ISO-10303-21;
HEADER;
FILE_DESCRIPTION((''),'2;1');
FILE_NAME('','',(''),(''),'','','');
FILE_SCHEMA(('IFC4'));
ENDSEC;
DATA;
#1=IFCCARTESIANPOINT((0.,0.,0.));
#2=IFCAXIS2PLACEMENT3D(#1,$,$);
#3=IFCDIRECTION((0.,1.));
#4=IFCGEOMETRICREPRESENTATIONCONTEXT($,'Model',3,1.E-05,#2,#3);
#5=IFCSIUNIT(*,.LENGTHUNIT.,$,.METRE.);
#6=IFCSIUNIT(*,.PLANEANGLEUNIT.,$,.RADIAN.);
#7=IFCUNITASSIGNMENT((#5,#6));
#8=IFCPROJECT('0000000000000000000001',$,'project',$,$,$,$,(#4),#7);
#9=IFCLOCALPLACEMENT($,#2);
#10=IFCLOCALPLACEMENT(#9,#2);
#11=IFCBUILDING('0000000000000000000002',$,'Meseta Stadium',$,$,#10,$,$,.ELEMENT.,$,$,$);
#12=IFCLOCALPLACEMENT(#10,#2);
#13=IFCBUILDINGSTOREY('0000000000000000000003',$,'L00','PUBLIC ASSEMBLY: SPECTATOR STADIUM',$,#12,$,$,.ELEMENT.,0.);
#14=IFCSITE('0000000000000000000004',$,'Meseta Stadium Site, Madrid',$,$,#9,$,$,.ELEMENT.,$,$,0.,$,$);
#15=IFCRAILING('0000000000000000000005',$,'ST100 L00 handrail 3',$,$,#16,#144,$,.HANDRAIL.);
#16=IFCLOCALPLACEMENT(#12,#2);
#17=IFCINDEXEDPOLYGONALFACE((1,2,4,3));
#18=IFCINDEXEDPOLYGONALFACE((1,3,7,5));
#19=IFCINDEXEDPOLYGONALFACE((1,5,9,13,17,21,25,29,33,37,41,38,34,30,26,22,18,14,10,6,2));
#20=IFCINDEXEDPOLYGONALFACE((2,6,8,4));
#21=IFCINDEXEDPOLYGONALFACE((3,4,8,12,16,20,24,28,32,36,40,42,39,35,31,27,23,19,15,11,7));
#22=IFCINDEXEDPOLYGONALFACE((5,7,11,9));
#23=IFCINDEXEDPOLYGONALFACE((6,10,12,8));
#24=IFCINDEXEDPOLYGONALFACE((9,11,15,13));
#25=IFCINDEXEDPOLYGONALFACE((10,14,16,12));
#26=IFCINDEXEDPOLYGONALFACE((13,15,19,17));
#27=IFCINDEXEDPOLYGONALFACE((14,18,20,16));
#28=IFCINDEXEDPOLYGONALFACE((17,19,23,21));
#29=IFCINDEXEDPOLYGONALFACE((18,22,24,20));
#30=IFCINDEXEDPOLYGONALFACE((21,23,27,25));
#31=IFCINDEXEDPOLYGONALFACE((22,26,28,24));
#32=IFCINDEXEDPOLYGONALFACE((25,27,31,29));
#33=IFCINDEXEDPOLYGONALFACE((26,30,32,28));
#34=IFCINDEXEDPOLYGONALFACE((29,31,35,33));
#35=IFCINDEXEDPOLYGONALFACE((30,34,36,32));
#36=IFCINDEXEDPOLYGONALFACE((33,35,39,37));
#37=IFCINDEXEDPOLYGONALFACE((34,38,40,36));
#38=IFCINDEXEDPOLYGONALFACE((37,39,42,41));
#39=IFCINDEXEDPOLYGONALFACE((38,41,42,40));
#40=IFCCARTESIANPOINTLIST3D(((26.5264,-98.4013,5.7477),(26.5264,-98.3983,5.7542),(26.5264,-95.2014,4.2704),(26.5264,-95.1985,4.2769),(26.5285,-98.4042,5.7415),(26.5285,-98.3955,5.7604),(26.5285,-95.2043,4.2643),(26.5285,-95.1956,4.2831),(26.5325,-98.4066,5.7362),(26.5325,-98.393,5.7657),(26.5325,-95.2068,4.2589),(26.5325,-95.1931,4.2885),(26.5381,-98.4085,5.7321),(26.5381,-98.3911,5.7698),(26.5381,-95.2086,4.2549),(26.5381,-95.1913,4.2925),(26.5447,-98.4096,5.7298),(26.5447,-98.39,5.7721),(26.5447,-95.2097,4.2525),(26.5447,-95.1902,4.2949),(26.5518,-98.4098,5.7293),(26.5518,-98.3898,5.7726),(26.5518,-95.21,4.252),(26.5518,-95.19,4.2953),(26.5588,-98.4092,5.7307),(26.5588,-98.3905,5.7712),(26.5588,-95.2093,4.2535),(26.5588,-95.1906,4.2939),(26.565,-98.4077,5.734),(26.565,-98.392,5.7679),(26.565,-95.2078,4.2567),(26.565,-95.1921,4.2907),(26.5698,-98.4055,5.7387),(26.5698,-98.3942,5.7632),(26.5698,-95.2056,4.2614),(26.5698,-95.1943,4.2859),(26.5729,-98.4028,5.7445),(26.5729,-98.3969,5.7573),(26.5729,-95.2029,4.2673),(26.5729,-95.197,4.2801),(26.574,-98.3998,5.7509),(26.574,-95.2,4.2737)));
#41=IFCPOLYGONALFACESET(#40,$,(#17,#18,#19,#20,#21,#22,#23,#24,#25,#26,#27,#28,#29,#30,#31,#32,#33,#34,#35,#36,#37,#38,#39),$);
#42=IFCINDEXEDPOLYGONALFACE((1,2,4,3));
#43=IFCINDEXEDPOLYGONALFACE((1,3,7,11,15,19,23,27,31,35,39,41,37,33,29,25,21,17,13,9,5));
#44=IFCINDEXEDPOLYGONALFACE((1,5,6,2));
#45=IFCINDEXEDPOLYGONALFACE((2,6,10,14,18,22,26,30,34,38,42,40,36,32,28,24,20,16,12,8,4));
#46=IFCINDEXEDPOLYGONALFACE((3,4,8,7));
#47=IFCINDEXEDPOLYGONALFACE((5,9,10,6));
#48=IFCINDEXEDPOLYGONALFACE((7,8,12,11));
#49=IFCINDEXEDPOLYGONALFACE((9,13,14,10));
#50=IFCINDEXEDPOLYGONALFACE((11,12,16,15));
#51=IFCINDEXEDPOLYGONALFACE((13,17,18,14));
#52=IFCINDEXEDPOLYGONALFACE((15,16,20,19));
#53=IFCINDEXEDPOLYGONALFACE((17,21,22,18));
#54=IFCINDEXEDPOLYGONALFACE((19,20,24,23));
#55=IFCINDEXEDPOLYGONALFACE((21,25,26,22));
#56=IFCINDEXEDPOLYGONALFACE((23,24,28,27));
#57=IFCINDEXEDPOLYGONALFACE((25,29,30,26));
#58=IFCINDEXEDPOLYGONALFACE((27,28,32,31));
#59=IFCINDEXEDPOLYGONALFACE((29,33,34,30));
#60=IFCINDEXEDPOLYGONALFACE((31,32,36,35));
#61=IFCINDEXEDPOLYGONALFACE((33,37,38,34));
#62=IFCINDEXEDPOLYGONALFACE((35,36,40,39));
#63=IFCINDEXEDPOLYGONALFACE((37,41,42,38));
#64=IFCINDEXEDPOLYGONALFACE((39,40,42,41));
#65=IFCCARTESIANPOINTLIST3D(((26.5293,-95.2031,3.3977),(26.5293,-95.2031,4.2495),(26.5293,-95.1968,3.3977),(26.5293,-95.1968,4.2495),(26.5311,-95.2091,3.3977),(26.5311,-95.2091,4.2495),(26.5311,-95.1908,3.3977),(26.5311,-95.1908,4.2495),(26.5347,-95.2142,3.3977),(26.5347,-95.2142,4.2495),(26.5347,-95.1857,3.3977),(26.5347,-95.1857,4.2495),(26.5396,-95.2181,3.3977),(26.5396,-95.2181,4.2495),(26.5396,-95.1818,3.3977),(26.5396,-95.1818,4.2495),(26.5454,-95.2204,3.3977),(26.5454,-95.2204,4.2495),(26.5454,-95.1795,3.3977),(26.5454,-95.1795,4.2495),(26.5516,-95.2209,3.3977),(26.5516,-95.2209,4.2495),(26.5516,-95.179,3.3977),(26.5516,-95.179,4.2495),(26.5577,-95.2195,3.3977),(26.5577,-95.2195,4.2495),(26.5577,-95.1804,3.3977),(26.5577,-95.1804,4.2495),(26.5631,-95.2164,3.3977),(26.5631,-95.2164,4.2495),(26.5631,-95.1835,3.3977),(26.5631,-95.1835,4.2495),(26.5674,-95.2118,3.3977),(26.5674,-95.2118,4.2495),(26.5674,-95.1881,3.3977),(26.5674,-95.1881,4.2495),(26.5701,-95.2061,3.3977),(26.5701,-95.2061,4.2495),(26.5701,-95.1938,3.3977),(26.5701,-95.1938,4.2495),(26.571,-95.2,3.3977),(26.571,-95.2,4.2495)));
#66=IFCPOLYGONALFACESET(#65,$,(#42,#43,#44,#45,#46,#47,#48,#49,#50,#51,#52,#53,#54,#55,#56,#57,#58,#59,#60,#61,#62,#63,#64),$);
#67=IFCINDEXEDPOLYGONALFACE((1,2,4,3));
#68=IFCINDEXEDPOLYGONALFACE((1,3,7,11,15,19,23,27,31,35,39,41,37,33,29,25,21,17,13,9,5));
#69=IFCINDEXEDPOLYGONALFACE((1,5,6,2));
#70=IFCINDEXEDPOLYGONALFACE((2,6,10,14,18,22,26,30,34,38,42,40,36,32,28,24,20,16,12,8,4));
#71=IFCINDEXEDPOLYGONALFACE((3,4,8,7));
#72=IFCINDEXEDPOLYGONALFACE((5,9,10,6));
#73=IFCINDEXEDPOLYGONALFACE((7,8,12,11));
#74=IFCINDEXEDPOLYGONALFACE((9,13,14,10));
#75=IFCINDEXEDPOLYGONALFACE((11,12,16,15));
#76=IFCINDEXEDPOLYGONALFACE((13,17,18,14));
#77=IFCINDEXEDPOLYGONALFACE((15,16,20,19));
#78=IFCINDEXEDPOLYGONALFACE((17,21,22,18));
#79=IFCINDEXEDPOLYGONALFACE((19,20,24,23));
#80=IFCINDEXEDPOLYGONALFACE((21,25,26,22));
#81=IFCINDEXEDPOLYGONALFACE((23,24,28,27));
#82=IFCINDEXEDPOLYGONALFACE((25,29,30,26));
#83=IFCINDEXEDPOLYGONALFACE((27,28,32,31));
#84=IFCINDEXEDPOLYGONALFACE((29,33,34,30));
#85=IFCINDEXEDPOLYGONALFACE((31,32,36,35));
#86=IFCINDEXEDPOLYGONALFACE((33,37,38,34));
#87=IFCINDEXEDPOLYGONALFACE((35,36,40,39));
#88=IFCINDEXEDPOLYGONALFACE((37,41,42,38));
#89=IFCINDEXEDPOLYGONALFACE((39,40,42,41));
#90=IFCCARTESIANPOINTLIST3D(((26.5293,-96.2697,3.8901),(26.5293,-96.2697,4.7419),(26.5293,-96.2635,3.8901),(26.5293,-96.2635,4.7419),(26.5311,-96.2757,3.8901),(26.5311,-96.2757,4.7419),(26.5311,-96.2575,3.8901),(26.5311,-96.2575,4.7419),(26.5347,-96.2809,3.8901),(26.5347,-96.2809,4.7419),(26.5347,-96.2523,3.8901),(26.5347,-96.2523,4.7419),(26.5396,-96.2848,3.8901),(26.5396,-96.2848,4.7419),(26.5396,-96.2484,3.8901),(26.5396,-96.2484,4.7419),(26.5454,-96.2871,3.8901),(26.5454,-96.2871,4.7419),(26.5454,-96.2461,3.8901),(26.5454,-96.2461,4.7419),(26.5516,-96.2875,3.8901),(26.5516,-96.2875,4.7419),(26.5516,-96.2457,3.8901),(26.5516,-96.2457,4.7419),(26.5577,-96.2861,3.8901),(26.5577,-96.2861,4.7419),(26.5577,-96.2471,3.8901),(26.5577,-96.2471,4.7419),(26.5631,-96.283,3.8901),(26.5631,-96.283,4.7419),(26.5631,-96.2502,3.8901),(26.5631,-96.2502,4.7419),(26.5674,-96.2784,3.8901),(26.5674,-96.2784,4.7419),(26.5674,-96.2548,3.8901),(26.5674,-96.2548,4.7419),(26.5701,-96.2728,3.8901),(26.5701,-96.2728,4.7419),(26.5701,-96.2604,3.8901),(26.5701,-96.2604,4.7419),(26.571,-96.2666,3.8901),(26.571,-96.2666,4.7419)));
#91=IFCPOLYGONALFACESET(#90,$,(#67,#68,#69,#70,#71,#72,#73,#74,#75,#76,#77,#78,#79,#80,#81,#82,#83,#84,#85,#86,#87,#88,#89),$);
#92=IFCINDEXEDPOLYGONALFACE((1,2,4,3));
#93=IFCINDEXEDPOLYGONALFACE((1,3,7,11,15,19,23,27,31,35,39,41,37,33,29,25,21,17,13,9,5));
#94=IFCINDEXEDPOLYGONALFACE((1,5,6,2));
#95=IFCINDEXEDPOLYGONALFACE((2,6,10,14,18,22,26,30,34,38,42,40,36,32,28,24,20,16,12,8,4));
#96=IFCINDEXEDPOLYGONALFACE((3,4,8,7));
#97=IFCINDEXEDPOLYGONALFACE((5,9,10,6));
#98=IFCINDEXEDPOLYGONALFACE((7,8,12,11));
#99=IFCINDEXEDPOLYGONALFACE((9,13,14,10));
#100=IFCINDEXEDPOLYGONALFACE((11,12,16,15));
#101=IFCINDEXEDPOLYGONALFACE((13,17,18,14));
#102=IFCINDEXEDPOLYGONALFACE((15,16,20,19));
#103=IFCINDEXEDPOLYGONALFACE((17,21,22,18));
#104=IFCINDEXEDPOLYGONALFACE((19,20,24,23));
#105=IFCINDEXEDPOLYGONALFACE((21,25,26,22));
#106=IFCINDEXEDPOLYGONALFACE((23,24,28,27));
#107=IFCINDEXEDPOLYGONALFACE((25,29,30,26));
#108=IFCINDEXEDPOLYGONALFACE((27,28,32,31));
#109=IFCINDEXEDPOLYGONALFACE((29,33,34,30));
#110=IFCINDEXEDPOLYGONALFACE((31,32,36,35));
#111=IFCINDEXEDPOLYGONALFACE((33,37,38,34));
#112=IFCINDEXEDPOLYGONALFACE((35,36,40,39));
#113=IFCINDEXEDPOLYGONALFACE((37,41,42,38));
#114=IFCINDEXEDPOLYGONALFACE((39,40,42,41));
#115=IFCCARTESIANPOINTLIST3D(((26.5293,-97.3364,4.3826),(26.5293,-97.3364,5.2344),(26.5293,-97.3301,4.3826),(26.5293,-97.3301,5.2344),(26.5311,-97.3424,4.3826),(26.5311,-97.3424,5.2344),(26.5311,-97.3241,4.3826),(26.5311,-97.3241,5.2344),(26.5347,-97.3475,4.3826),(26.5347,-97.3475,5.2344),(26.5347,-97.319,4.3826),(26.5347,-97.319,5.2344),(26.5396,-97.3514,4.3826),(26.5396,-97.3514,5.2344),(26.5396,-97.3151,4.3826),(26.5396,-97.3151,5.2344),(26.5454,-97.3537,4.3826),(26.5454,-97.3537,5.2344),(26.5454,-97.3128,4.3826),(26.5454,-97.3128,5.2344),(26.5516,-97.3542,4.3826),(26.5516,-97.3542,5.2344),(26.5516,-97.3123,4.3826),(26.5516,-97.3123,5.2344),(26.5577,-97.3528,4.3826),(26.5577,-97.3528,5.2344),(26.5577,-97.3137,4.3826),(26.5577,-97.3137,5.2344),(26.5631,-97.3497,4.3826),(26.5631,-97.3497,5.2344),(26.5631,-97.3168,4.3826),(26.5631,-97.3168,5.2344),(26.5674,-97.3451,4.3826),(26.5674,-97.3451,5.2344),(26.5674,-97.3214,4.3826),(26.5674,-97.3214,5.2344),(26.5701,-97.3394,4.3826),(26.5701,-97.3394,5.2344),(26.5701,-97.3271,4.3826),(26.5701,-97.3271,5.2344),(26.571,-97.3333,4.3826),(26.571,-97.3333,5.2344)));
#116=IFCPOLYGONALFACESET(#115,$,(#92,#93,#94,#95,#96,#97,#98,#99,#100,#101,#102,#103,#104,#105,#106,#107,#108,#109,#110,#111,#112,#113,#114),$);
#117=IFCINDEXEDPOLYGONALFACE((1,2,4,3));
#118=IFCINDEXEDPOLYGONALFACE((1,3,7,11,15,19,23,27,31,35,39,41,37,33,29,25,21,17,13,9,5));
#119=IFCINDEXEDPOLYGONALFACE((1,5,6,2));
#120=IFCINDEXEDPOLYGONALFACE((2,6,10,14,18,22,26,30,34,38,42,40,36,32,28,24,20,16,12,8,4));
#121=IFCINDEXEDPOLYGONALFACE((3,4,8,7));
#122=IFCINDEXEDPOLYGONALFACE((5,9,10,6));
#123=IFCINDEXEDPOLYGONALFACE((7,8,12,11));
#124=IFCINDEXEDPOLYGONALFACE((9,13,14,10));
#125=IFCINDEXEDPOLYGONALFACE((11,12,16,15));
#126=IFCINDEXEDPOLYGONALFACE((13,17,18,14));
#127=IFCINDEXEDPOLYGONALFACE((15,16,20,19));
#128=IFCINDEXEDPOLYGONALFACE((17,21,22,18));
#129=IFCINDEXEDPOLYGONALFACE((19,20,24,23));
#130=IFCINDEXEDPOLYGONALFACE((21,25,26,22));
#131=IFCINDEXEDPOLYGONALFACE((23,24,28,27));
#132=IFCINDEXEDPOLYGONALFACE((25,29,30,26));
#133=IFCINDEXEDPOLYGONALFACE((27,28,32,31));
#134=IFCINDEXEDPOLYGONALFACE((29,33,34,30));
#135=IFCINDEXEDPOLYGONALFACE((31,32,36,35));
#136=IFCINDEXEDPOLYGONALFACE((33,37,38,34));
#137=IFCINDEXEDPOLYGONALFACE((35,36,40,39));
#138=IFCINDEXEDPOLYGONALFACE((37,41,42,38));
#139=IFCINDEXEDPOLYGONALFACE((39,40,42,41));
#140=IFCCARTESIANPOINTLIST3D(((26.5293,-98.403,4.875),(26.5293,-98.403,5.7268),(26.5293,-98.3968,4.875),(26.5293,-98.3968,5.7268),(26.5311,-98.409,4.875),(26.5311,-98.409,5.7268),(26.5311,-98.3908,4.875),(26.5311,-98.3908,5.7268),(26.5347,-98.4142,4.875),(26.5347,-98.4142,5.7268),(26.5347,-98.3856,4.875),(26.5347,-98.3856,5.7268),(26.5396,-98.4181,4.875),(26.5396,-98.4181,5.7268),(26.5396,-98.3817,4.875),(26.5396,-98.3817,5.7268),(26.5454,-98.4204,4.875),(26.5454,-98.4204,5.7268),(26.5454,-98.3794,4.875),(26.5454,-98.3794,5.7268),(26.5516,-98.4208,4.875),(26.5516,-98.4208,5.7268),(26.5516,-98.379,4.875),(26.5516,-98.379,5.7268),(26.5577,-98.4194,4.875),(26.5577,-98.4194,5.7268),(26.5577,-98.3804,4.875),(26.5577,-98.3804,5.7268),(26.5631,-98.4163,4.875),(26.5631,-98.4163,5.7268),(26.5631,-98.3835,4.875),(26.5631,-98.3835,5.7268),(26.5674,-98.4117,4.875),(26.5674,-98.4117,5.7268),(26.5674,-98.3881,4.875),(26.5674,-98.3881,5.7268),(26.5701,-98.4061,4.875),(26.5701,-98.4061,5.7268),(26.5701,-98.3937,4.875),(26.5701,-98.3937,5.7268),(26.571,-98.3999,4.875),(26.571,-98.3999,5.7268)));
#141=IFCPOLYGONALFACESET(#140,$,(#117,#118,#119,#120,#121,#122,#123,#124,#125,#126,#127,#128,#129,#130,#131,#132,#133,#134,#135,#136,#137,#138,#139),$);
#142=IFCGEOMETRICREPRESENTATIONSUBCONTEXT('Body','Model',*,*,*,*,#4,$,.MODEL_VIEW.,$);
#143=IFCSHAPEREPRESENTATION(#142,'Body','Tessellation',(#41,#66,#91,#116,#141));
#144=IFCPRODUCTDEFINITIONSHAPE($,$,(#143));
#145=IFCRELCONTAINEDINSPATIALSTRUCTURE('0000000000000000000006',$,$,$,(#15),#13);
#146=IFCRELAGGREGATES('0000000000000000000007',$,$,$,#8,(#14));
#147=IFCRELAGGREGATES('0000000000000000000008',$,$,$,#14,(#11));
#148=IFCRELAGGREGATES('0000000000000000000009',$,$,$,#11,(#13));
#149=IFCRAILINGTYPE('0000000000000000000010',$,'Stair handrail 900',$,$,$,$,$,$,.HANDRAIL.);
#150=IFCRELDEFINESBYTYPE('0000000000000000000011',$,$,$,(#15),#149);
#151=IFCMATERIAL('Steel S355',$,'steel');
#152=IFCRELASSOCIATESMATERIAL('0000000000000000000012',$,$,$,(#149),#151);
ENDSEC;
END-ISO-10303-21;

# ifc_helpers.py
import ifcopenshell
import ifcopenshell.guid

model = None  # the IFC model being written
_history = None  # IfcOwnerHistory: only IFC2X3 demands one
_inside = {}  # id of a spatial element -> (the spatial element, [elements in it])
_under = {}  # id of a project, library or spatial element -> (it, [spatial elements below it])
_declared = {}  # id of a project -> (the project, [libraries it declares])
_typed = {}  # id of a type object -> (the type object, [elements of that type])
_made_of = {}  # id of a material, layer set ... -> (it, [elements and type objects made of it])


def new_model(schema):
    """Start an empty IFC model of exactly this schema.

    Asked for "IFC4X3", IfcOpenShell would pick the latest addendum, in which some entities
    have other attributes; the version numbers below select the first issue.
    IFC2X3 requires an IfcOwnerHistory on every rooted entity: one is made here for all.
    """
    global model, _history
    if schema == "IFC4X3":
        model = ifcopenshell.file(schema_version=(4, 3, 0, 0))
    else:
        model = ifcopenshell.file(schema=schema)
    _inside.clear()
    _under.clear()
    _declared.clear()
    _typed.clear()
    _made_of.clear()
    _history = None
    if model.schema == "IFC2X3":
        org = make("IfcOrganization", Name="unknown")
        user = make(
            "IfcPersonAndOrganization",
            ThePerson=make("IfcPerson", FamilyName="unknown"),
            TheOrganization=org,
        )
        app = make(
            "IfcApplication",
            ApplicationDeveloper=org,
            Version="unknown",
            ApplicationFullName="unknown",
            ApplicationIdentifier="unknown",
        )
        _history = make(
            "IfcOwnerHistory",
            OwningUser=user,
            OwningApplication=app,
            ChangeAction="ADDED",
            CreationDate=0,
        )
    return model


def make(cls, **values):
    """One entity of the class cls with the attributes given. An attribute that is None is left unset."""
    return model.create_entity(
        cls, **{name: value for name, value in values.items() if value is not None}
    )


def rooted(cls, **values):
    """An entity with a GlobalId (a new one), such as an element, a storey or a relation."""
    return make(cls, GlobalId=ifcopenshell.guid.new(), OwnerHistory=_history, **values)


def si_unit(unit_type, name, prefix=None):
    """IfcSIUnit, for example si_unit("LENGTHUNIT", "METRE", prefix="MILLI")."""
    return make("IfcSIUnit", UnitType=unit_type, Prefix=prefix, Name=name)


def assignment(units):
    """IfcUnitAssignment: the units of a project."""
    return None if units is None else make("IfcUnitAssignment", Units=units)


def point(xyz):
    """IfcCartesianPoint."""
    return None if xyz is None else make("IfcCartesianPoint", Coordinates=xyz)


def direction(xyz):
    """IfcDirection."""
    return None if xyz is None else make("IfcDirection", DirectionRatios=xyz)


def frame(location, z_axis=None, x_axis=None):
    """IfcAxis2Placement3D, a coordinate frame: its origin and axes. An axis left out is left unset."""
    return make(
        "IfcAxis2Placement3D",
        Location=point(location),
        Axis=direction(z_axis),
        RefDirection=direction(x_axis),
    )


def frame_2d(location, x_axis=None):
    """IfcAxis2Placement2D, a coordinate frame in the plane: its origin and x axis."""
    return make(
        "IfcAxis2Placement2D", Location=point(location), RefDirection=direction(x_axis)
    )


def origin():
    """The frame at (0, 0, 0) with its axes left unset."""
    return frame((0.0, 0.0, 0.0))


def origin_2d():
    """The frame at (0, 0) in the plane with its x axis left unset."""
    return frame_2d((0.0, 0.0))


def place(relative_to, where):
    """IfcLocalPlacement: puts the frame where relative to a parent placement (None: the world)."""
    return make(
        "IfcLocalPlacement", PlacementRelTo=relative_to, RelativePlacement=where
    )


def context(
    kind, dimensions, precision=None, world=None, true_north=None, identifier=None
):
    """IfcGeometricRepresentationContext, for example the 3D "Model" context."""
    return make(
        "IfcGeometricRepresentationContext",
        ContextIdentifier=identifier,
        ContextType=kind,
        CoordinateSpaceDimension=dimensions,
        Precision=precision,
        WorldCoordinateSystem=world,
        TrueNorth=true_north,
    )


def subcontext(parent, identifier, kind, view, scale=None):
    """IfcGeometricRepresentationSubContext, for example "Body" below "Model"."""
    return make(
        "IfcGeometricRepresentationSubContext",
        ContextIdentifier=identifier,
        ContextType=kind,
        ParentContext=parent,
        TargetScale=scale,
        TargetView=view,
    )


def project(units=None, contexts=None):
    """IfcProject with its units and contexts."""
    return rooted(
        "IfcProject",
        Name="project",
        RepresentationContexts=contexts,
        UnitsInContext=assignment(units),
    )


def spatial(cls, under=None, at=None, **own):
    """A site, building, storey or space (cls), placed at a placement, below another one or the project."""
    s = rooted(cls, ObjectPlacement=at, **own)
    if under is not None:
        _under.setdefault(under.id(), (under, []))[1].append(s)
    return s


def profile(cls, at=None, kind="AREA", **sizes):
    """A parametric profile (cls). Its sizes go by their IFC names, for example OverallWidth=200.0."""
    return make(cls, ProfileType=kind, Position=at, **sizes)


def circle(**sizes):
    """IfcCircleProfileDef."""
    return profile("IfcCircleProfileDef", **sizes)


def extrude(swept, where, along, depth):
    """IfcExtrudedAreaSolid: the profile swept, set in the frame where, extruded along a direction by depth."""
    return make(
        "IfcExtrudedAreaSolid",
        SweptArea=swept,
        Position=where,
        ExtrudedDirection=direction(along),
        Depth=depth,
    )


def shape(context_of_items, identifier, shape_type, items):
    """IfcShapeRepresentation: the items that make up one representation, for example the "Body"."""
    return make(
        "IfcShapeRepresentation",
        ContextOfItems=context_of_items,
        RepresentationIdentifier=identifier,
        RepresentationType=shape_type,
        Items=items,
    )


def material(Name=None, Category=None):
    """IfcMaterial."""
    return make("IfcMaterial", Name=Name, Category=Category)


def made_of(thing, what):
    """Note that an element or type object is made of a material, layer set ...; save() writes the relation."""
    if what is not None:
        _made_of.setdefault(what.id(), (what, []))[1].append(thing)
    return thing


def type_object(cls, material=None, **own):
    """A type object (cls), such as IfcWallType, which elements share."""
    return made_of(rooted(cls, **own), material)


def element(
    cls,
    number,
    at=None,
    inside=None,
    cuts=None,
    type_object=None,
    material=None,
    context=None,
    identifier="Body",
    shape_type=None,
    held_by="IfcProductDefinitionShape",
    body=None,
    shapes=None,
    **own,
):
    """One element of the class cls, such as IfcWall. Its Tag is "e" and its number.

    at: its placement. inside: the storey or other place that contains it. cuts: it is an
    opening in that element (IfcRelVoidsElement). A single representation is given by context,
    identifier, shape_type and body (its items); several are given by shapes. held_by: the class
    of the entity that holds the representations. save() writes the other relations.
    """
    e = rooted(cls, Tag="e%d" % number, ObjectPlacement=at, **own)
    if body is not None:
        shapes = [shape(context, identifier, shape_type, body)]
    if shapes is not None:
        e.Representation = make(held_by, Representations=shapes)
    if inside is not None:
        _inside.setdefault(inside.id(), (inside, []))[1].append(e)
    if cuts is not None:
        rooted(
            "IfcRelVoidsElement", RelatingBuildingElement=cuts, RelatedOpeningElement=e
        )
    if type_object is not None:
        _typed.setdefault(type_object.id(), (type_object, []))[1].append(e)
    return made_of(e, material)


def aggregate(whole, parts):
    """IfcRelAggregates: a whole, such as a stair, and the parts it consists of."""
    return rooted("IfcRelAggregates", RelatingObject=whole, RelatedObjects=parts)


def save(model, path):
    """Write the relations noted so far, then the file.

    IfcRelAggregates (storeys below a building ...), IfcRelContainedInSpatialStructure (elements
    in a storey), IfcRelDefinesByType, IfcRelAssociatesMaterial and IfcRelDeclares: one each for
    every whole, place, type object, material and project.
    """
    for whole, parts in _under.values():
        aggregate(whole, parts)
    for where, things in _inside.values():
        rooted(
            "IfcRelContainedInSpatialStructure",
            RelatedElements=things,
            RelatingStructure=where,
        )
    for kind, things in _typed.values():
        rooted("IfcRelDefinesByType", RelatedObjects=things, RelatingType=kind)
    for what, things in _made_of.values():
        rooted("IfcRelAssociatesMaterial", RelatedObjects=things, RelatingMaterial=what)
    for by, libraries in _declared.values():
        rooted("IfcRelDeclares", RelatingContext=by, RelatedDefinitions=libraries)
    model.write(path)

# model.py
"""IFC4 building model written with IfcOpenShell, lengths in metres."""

from ifc_helpers import new_model, si_unit, direction, frame, origin, origin_2d, place, context, subcontext, project, spatial, circle, extrude, material, type_object, element, save


model = new_model("IFC4")

# Units and contexts
model_context = context("Model", 3, precision=1e-05, world=origin(), true_north=direction((0.0, 1.0)))
body_context = subcontext(model_context, "Body", "Model", "MODEL_VIEW")
ifc_project = project(units=[si_unit("LENGTHUNIT", "METRE"), si_unit("PLANEANGLEUNIT", "RADIAN")], contexts=[model_context])

# Site, building, storey
site_placement = place(None, origin())
site = spatial("IfcSite", under=ifc_project, at=site_placement, Name="Meseta Stadium Site, Madrid", CompositionType="ELEMENT", RefElevation=0.0)
building_placement = place(site_placement, origin())
building = spatial("IfcBuilding", under=site, at=building_placement, Name="Meseta Stadium", CompositionType="ELEMENT")
storey_placement = place(building_placement, origin())
storey = spatial("IfcBuildingStorey", under=building, at=storey_placement, Name="L00", Description="PUBLIC ASSEMBLY: SPECTATOR STADIUM", CompositionType="ELEMENT", Elevation=0.0)

# Railing
ifc_material_1 = material(Name="Steel S355", Category="steel")
railing_type_1 = type_object("IfcRailingType", Name="Stair handrail 900", PredefinedType="HANDRAIL", material=ifc_material_1)
railing_1_placement = place(storey_placement, frame((26.55, -95.2, 3.3977)))
element("IfcRailing", 1, at=railing_1_placement, inside=storey, type_object=railing_type_1, Name="ST100 L00 handrail 3", PredefinedType="HANDRAIL", context=body_context, shape_type="SweptSolid", body=[
    extrude(circle(Radius=0.0239, at=origin_2d()), frame((0.0, 0.0, 0.876), z_axis=(0.0, -0.907917, 0.41915), x_axis=(1.0, 0.0, 0.0)), (0.0, 0.0, 1.0), 3.5244),
    extrude(circle(Radius=0.021, at=origin_2d()), origin(), (0.0, 0.0, 1.0), 0.8518),
    extrude(circle(Radius=0.021, at=origin_2d()), frame((0.0, -1.0667, 0.4924)), (0.0, 0.0, 1.0), 0.8518),
    extrude(circle(Radius=0.021, at=origin_2d()), frame((0.0, -2.1333, 0.9849)), (0.0, 0.0, 1.0), 0.8518),
    extrude(circle(Radius=0.021, at=origin_2d()), frame((0.0, -3.2, 1.4773)), (0.0, 0.0, 1.0), 0.8518),
])

save(model, "model.ifc")
